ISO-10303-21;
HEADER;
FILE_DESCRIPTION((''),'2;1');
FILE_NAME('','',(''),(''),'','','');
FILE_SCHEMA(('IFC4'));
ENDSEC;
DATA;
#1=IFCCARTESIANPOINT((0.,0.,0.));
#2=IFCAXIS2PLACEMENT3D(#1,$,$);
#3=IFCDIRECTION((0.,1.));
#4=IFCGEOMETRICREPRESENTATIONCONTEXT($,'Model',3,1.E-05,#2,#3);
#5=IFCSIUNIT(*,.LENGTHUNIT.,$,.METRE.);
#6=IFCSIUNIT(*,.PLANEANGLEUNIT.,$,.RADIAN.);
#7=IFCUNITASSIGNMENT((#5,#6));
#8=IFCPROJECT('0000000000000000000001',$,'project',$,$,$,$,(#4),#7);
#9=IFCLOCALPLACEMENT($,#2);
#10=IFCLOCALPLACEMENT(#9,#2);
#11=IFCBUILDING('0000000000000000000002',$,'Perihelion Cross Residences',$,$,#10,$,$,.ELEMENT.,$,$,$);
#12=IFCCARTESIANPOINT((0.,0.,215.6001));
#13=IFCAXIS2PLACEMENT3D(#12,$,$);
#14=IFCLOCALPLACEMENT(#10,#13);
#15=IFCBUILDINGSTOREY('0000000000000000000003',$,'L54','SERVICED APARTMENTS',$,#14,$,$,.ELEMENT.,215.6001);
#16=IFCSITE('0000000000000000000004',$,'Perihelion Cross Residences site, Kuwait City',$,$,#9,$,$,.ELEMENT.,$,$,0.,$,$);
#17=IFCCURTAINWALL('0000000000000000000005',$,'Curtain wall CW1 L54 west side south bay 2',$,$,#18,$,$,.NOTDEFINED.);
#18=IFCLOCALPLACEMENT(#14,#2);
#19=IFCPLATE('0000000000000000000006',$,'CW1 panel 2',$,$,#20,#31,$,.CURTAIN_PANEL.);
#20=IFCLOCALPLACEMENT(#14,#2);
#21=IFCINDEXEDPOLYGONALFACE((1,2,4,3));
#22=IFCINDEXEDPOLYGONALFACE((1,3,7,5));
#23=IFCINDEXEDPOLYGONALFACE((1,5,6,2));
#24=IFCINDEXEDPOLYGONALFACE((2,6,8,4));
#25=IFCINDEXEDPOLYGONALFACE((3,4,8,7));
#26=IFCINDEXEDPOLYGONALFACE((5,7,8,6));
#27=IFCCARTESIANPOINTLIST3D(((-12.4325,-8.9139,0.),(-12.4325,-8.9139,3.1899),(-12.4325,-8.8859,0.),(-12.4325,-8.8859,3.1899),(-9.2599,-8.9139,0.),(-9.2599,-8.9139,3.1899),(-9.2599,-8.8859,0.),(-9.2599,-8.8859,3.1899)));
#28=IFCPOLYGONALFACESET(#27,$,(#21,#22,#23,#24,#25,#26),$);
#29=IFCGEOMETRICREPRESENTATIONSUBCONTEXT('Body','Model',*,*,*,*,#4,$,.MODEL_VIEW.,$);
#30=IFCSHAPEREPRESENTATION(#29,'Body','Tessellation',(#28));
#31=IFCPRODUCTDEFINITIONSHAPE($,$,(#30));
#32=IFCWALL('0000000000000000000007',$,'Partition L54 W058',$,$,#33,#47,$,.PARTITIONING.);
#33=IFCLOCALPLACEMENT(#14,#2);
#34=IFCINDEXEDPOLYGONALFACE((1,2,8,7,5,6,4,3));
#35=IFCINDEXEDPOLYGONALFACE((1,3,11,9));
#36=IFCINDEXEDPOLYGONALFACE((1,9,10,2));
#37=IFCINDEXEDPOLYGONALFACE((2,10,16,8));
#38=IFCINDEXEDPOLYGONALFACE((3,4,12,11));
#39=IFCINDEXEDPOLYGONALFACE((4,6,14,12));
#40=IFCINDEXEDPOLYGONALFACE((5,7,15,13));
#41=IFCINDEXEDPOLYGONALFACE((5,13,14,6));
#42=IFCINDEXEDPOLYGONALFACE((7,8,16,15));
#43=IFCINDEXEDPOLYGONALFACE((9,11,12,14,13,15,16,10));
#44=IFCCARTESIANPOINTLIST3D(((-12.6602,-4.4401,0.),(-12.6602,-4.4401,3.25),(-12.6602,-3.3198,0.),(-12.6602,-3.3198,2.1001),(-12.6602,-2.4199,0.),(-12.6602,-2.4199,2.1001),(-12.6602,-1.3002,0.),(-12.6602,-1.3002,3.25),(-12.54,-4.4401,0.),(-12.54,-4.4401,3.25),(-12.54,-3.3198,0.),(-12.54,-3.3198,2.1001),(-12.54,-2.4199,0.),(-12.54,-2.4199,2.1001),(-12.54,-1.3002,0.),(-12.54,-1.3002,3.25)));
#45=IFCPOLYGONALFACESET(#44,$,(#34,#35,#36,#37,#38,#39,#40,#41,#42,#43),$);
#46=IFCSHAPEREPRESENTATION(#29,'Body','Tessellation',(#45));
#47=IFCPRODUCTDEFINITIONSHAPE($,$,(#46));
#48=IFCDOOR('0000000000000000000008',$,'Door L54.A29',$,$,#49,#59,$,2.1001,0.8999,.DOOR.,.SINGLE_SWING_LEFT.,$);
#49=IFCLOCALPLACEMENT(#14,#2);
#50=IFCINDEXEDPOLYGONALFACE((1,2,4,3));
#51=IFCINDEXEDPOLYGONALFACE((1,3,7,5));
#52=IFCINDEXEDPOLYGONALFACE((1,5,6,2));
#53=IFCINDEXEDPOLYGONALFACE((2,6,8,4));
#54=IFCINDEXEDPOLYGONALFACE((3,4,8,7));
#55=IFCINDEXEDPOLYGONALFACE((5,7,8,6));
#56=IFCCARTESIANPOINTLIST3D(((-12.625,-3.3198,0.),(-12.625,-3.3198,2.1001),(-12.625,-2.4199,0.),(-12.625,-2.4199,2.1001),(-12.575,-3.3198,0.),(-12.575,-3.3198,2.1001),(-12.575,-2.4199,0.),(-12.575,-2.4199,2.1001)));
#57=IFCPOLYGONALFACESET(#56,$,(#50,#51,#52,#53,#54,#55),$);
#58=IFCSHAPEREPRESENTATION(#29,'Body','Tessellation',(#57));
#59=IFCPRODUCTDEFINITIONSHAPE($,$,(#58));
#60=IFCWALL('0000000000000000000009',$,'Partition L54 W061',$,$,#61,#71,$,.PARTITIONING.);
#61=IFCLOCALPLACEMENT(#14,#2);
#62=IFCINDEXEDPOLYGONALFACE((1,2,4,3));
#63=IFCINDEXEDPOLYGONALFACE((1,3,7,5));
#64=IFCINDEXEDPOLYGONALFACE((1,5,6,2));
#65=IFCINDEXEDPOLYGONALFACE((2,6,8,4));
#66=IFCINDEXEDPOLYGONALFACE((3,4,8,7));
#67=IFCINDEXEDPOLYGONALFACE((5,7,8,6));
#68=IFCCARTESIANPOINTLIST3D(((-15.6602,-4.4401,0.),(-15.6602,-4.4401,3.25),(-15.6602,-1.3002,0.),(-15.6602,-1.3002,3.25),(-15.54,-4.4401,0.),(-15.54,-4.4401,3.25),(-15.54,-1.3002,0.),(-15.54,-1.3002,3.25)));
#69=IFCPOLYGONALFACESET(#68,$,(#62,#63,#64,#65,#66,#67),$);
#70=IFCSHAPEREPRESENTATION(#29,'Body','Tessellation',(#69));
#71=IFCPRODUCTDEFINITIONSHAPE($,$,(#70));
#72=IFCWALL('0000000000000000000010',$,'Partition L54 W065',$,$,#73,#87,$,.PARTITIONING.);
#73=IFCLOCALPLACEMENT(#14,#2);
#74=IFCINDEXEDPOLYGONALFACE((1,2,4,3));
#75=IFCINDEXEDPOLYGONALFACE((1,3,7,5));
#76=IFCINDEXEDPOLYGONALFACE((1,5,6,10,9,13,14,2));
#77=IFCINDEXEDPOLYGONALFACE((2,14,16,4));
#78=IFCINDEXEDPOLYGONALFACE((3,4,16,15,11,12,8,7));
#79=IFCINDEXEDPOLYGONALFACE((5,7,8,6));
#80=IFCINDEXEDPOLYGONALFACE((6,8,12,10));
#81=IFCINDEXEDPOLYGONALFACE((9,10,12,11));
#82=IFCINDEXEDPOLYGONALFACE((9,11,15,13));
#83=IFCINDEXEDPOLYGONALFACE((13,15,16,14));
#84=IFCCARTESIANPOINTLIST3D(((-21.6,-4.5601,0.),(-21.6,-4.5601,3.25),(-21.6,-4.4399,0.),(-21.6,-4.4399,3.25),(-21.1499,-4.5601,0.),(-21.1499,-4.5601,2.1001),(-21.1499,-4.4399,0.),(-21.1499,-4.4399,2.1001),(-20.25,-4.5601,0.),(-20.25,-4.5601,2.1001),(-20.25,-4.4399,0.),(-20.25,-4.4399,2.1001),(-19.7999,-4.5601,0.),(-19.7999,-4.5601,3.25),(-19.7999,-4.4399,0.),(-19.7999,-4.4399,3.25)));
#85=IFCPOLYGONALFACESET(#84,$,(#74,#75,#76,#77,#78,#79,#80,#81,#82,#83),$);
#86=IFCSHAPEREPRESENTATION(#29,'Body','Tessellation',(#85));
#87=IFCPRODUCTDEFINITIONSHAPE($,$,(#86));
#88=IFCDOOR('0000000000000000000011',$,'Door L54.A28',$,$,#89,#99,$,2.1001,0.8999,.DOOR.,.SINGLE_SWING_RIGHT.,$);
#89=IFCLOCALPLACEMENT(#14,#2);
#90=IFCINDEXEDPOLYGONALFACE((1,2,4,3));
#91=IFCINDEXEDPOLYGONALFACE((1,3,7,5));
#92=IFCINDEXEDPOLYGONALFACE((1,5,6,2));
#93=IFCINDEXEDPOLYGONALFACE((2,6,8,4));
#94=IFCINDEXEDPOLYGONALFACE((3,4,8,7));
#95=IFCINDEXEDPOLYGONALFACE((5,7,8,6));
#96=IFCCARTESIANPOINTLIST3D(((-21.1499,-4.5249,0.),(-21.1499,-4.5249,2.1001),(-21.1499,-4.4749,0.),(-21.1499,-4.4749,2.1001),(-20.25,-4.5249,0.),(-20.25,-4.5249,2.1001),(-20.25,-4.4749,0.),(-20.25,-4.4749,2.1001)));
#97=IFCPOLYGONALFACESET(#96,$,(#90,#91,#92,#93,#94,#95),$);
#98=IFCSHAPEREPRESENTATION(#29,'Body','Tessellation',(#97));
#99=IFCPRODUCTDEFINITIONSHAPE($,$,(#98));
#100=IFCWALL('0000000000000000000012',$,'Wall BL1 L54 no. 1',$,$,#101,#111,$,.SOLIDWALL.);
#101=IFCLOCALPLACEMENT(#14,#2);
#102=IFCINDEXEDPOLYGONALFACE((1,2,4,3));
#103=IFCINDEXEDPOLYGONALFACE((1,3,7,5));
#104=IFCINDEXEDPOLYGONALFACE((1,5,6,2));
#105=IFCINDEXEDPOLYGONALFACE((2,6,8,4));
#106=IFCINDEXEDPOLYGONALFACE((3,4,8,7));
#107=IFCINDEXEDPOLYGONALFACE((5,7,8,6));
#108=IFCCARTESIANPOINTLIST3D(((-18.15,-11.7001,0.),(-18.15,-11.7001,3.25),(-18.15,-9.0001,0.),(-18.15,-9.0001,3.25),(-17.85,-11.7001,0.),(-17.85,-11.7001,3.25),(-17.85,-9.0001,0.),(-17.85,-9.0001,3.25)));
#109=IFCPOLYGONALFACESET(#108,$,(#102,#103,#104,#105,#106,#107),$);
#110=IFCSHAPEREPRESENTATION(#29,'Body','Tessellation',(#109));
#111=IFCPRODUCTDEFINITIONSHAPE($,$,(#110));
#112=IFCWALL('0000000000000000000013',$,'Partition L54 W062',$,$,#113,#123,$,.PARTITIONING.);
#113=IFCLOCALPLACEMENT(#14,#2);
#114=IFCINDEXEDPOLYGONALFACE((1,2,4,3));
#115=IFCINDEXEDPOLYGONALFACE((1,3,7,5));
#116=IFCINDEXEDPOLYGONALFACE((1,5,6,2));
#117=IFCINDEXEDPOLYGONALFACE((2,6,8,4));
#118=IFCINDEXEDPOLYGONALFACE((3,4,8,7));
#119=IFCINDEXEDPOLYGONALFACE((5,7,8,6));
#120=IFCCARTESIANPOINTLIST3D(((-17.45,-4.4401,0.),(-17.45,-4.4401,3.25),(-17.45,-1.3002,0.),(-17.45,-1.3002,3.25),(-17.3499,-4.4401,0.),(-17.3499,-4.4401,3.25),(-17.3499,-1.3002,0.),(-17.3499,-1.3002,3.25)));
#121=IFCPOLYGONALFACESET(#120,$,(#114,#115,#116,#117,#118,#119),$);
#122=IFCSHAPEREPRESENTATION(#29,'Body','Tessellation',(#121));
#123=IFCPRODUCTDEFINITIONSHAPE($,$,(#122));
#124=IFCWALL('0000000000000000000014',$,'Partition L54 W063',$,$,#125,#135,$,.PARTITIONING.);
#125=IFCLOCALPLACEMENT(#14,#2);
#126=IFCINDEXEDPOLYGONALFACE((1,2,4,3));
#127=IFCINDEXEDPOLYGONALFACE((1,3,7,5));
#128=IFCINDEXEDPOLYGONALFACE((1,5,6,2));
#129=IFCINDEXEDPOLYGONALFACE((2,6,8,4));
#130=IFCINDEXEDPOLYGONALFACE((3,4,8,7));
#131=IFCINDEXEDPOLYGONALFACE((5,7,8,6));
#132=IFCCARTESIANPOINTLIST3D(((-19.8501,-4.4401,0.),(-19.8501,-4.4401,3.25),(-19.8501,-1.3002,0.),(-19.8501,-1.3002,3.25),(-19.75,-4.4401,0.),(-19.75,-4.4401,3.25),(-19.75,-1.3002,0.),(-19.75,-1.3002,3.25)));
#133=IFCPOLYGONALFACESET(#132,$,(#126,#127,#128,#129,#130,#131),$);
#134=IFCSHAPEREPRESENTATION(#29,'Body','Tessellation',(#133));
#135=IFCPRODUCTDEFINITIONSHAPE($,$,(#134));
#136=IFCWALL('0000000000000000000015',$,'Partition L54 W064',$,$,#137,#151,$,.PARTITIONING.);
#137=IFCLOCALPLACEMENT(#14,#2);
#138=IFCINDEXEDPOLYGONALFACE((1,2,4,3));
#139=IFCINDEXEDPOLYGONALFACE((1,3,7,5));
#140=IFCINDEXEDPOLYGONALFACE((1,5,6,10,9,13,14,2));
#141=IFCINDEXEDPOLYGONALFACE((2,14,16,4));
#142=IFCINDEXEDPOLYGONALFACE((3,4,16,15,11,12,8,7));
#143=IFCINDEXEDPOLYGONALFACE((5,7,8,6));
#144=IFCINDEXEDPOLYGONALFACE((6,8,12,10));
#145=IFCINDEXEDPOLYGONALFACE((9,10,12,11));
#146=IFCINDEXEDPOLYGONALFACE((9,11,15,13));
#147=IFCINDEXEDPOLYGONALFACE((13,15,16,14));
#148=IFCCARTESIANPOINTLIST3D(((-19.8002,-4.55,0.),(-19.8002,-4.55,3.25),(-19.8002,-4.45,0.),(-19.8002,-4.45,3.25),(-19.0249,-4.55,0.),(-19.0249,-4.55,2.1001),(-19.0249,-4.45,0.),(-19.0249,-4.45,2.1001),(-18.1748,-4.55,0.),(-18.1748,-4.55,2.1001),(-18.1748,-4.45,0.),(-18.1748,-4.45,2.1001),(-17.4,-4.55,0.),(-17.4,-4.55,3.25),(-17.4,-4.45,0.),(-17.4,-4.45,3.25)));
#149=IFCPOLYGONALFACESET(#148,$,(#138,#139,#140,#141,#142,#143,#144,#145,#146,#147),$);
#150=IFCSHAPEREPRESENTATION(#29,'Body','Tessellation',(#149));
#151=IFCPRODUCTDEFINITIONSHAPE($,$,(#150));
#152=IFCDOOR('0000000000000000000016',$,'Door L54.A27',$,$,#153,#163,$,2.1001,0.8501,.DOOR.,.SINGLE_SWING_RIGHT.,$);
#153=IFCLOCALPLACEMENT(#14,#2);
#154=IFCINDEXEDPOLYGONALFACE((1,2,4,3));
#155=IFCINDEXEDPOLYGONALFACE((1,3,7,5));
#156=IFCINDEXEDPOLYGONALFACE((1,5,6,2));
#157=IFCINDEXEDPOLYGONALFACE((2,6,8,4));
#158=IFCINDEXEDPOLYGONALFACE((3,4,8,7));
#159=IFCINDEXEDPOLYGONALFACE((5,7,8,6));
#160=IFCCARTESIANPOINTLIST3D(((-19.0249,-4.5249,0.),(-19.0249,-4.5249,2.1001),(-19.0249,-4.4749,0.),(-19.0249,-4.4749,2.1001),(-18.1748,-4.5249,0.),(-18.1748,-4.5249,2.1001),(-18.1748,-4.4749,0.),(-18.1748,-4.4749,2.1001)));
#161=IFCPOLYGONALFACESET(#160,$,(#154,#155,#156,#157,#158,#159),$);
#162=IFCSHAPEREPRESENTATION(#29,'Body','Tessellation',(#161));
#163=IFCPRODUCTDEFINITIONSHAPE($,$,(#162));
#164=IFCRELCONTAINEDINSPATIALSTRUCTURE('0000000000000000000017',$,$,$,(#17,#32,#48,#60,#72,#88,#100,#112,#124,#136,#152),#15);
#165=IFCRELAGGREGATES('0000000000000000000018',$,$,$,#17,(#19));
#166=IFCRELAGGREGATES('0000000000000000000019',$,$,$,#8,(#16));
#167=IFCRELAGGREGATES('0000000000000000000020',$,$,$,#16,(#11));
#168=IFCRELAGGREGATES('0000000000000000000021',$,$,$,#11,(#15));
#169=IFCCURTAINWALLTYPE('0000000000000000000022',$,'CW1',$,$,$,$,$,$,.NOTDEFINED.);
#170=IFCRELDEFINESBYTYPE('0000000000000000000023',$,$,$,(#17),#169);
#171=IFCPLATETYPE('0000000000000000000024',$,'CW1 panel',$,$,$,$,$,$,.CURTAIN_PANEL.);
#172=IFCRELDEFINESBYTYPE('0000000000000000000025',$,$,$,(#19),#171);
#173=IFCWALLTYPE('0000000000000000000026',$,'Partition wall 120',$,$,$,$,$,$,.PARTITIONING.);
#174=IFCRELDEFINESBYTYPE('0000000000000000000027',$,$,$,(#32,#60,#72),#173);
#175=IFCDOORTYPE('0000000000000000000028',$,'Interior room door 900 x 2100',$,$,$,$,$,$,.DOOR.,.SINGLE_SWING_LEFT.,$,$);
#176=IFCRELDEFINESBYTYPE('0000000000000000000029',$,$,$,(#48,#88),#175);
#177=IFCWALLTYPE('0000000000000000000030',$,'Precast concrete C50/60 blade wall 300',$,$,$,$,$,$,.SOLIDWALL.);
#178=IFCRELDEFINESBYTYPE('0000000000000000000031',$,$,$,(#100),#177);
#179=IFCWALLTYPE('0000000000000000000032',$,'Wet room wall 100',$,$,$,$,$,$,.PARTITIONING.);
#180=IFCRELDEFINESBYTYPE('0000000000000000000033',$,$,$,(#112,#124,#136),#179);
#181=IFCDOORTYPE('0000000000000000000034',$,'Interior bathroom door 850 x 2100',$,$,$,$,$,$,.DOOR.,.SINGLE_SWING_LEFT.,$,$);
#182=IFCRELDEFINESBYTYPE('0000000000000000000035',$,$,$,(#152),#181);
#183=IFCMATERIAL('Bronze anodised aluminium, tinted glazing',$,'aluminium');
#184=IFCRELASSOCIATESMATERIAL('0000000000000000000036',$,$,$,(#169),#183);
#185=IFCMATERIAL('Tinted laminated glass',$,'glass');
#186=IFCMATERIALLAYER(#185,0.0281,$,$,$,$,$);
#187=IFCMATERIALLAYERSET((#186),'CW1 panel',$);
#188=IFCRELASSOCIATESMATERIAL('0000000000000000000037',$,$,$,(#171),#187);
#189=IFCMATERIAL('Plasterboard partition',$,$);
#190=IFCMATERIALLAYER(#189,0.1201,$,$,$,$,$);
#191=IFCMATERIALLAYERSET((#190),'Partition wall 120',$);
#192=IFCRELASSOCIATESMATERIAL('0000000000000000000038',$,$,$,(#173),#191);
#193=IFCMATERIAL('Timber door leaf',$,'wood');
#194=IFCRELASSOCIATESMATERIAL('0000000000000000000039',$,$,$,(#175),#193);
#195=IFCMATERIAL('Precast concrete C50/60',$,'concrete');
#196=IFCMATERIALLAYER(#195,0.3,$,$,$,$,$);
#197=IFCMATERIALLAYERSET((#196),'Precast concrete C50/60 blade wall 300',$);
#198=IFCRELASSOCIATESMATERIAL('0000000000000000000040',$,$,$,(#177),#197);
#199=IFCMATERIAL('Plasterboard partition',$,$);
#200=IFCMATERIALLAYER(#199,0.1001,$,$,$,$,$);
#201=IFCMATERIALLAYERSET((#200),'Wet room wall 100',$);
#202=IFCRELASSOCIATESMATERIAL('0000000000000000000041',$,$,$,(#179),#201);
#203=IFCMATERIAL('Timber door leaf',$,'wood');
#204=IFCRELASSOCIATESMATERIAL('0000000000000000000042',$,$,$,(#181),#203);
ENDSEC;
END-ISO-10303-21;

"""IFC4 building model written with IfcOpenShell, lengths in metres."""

from ifc_helpers import new_model, si_unit, direction, frame, frame_2d, origin, origin_2d, place, context, subcontext, project, spatial, rectangle, extrude, material, layer, layer_set, type_object, element, fill, aggregate, save


model = new_model("IFC4")

# Units and contexts
model_context = context("Model", 3, precision=1e-05, world=origin(), true_north=direction((0.0, 1.0)))
body_context = subcontext(model_context, "Body", "Model", "MODEL_VIEW")
ifc_project = project(units=[si_unit("LENGTHUNIT", "METRE"), si_unit("PLANEANGLEUNIT", "RADIAN")], contexts=[model_context])

# Site, building, storey
site_placement = place(None, origin())
site = spatial("IfcSite", under=ifc_project, at=site_placement, Name="Perihelion Cross Residences site, Kuwait City", CompositionType="ELEMENT", RefElevation=0.0)
building_placement = place(site_placement, origin())
building = spatial("IfcBuilding", under=site, at=building_placement, Name="Perihelion Cross Residences", CompositionType="ELEMENT")
storey_placement = place(building_placement, frame((0.0, 0.0, 215.6001)))
storey = spatial("IfcBuildingStorey", under=building, at=storey_placement, Name="L54", Description="SERVICED APARTMENTS", CompositionType="ELEMENT", Elevation=215.6001)

# Curtain wall
ifc_material_1 = material(Name="Bronze anodised aluminium, tinted glazing", Category="aluminium")
curtain_wall_type = type_object("IfcCurtainWallType", Name="CW1", PredefinedType="NOTDEFINED", material=ifc_material_1)
curtain_wall_placement = place(storey_placement, origin())
curtain_wall = element("IfcCurtainWall", 1, at=curtain_wall_placement, inside=storey, type_object=curtain_wall_type, Name="Curtain wall CW1 L54 west side south bay 2", PredefinedType="NOTDEFINED")

# Plate
ifc_material_2 = material(Name="Tinted laminated glass", Category="glass")
ifc_layer_1 = layer(ifc_material_2, 0.0281)
ifc_layer_set_1 = layer_set([ifc_layer_1], Name="CW1 panel")
plate_type = type_object("IfcPlateType", Name="CW1 panel", PredefinedType="CURTAIN_PANEL", material=ifc_layer_set_1)
plate_1_placement = place(storey_placement, frame((-10.8462, -8.8999, 0.0), z_axis=(0.0, 0.0, 1.0), x_axis=(1.0, 0.0, 0.0)))
plate_1 = element("IfcPlate", 2, at=plate_1_placement, type_object=plate_type, Name="CW1 panel 2", PredefinedType="CURTAIN_PANEL", context=body_context, shape_type="SweptSolid", body=[
    extrude(rectangle(XDim=3.1726, YDim=0.0281, at=origin_2d()), origin(), (0.0, 0.0, 1.0), 3.1899),
])
aggregate(curtain_wall, [plate_1])

# Wall, opening, door
ifc_material_3 = material(Name="Plasterboard partition")
ifc_layer_2 = layer(ifc_material_3, 0.1201)
ifc_layer_set_2 = layer_set([ifc_layer_2], Name="Partition wall 120")
wall_type_1 = type_object("IfcWallType", Name="Partition wall 120", PredefinedType="PARTITIONING", material=ifc_layer_set_2)
wall_1_placement = place(storey_placement, frame((-12.6001, -4.4399, 0.0), z_axis=(0.0, 0.0, 1.0), x_axis=(0.0, 1.0, 0.0)))
wall_1 = element("IfcWall", 3, at=wall_1_placement, inside=storey, type_object=wall_type_1, Name="Partition L54 W058", PredefinedType="PARTITIONING", context=body_context, shape_type="SweptSolid", body=[
    extrude(rectangle(XDim=3.1399, YDim=0.1201, at=frame_2d((1.5698, 0.0))), origin(), (0.0, 0.0, 1.0), 3.25),
])
opening_1_placement = place(wall_1_placement, frame((1.1201, 0.0, 0.0)))
opening_1 = element("IfcOpeningElement", 4, at=opening_1_placement, cuts=wall_1, PredefinedType="OPENING", context=body_context, shape_type="SweptSolid", body=[
    extrude(rectangle(XDim=0.8999, YDim=2.1001, at=frame_2d((0.45, 1.05))), frame((0.0, 0.0701, 0.0), z_axis=(0.0, -1.0, 0.0), x_axis=(1.0, 0.0, 0.0)), (0.0, 0.0, 1.0), 0.1401),
])
ifc_material_4 = material(Name="Timber door leaf", Category="wood")
door_type_1 = type_object("IfcDoorType", Name="Interior room door 900 x 2100", OperationType="SINGLE_SWING_LEFT", PredefinedType="DOOR", material=ifc_material_4)
door_1_placement = place(opening_1_placement, origin())
door_1 = element("IfcDoor", 5, at=door_1_placement, inside=storey, type_object=door_type_1, Name="Door L54.A29", OperationType="SINGLE_SWING_LEFT", OverallHeight=2.1001, OverallWidth=0.8999, PredefinedType="DOOR", context=body_context, shape_type="SweptSolid", body=[
    extrude(rectangle(XDim=0.8999, YDim=2.1001, at=frame_2d((0.45, 1.05))), frame((0.0, 0.0249, 0.0), z_axis=(0.0, -1.0, 0.0), x_axis=(1.0, 0.0, 0.0)), (0.0, 0.0, 1.0), 0.05),
])
fill(opening_1, door_1)

# Wall
wall_2_placement = place(storey_placement, frame((-15.6001, -4.4399, 0.0), z_axis=(0.0, 0.0, 1.0), x_axis=(0.0, 1.0, 0.0)))
element("IfcWall", 6, at=wall_2_placement, inside=storey, type_object=wall_type_1, Name="Partition L54 W061", PredefinedType="PARTITIONING", context=body_context, shape_type="SweptSolid", body=[
    extrude(rectangle(XDim=3.1399, YDim=0.1201, at=frame_2d((1.5698, 0.0))), origin(), (0.0, 0.0, 1.0), 3.25),
])

# Wall, opening, door
wall_3_placement = place(storey_placement, frame((-19.8, -4.5, 0.0), z_axis=(0.0, 0.0, 1.0), x_axis=(-1.0, 0.0, 0.0)))
wall_3 = element("IfcWall", 7, at=wall_3_placement, inside=storey, type_object=wall_type_1, Name="Partition L54 W065", PredefinedType="PARTITIONING", context=body_context, shape_type="SweptSolid", body=[
    extrude(rectangle(XDim=1.8, YDim=0.1201, at=frame_2d((0.8999, 0.0))), origin(), (0.0, 0.0, 1.0), 3.25),
])
opening_2_placement = place(wall_3_placement, frame((0.45, 0.0, 0.0)))
opening_2 = element("IfcOpeningElement", 8, at=opening_2_placement, cuts=wall_3, PredefinedType="OPENING", context=body_context, shape_type="SweptSolid", body=[
    extrude(rectangle(XDim=0.8999, YDim=2.1001, at=frame_2d((0.45, 1.05))), frame((0.0, 0.0701, 0.0), z_axis=(0.0, -1.0, 0.0), x_axis=(1.0, 0.0, 0.0)), (0.0, 0.0, 1.0), 0.1401),
])
door_2_placement = place(opening_2_placement, origin())
door_2 = element("IfcDoor", 9, at=door_2_placement, inside=storey, type_object=door_type_1, Name="Door L54.A28", OperationType="SINGLE_SWING_RIGHT", OverallHeight=2.1001, OverallWidth=0.8999, PredefinedType="DOOR", context=body_context, shape_type="SweptSolid", body=[
    extrude(rectangle(XDim=0.8999, YDim=2.1001, at=frame_2d((0.45, 1.05))), frame((0.0, 0.0249, 0.0), z_axis=(0.0, -1.0, 0.0), x_axis=(1.0, 0.0, 0.0)), (0.0, 0.0, 1.0), 0.05),
])
fill(opening_2, door_2)

# Walls
ifc_material_5 = material(Name="Precast concrete C50/60", Category="concrete")
ifc_layer_3 = layer(ifc_material_5, 0.3)
ifc_layer_set_3 = layer_set([ifc_layer_3], Name="Precast concrete C50/60 blade wall 300")
wall_type_2 = type_object("IfcWallType", Name="Precast concrete C50/60 blade wall 300", PredefinedType="SOLIDWALL", material=ifc_layer_set_3)
wall_4_placement = place(storey_placement, frame((-18.0, -9.0, 0.0), z_axis=(0.0, 0.0, 1.0), x_axis=(0.0, -1.0, 0.0)))
element("IfcWall", 10, at=wall_4_placement, inside=storey, type_object=wall_type_2, Name="Wall BL1 L54 no. 1", PredefinedType="SOLIDWALL", context=body_context, shape_type="SweptSolid", body=[
    extrude(rectangle(XDim=2.7, YDim=0.3, at=frame_2d((1.3501, 0.0))), origin(), (0.0, 0.0, 1.0), 3.25),
])
ifc_material_6 = material(Name="Plasterboard partition")
ifc_layer_4 = layer(ifc_material_6, 0.1001)
ifc_layer_set_4 = layer_set([ifc_layer_4], Name="Wet room wall 100")
wall_type_3 = type_object("IfcWallType", Name="Wet room wall 100", PredefinedType="PARTITIONING", material=ifc_layer_set_4)
for number, where, z_axis, x_axis, name in (
    (11, (-17.3999, -4.4399, 0.0), (0.0, 0.0, 1.0), (0.0, 1.0, 0.0), "Partition L54 W062"),
    (12, (-19.8, -4.4399, 0.0), (0.0, 0.0, 1.0), (0.0, 1.0, 0.0), "Partition L54 W063"),
):
    element("IfcWall", number, at=place(storey_placement, frame(where, z_axis=z_axis, x_axis=x_axis)), inside=storey, type_object=wall_type_3, Name=name, PredefinedType="PARTITIONING", context=body_context, shape_type="SweptSolid", body=[
        extrude(rectangle(XDim=3.1399, YDim=0.1001, at=frame_2d((1.5698, 0.0))), origin(), (0.0, 0.0, 1.0), 3.25),
    ])

# Wall, opening, door
wall_5_placement = place(storey_placement, frame((-17.3999, -4.5, 0.0), z_axis=(0.0, 0.0, 1.0), x_axis=(-1.0, 0.0, 0.0)))
wall_5 = element("IfcWall", 13, at=wall_5_placement, inside=storey, type_object=wall_type_3, Name="Partition L54 W064", PredefinedType="PARTITIONING", context=body_context, shape_type="SweptSolid", body=[
    extrude(rectangle(XDim=2.4001, YDim=0.1001, at=frame_2d((1.2002, 0.0))), origin(), (0.0, 0.0, 1.0), 3.25),
])
opening_3_placement = place(wall_5_placement, frame((0.7749, 0.0, 0.0)))
opening_3 = element("IfcOpeningElement", 14, at=opening_3_placement, cuts=wall_5, PredefinedType="OPENING", context=body_context, shape_type="SweptSolid", body=[
    extrude(rectangle(XDim=0.8501, YDim=2.1001, at=frame_2d((0.425, 1.05))), frame((0.0, 0.0601, 0.0), z_axis=(0.0, -1.0, 0.0), x_axis=(1.0, 0.0, 0.0)), (0.0, 0.0, 1.0), 0.1201),
])
ifc_material_7 = material(Name="Timber door leaf", Category="wood")
door_type_2 = type_object("IfcDoorType", Name="Interior bathroom door 850 x 2100", OperationType="SINGLE_SWING_LEFT", PredefinedType="DOOR", material=ifc_material_7)
door_3_placement = place(opening_3_placement, origin())
door_3 = element("IfcDoor", 15, at=door_3_placement, inside=storey, type_object=door_type_2, Name="Door L54.A27", OperationType="SINGLE_SWING_RIGHT", OverallHeight=2.1001, OverallWidth=0.8501, PredefinedType="DOOR", context=body_context, shape_type="SweptSolid", body=[
    extrude(rectangle(XDim=0.8501, YDim=2.1001, at=frame_2d((0.425, 1.05))), frame((0.0, 0.0249, 0.0), z_axis=(0.0, -1.0, 0.0), x_axis=(1.0, 0.0, 0.0)), (0.0, 0.0, 1.0), 0.05),
])
fill(opening_3, door_3)

save(model, "model.ifc")
